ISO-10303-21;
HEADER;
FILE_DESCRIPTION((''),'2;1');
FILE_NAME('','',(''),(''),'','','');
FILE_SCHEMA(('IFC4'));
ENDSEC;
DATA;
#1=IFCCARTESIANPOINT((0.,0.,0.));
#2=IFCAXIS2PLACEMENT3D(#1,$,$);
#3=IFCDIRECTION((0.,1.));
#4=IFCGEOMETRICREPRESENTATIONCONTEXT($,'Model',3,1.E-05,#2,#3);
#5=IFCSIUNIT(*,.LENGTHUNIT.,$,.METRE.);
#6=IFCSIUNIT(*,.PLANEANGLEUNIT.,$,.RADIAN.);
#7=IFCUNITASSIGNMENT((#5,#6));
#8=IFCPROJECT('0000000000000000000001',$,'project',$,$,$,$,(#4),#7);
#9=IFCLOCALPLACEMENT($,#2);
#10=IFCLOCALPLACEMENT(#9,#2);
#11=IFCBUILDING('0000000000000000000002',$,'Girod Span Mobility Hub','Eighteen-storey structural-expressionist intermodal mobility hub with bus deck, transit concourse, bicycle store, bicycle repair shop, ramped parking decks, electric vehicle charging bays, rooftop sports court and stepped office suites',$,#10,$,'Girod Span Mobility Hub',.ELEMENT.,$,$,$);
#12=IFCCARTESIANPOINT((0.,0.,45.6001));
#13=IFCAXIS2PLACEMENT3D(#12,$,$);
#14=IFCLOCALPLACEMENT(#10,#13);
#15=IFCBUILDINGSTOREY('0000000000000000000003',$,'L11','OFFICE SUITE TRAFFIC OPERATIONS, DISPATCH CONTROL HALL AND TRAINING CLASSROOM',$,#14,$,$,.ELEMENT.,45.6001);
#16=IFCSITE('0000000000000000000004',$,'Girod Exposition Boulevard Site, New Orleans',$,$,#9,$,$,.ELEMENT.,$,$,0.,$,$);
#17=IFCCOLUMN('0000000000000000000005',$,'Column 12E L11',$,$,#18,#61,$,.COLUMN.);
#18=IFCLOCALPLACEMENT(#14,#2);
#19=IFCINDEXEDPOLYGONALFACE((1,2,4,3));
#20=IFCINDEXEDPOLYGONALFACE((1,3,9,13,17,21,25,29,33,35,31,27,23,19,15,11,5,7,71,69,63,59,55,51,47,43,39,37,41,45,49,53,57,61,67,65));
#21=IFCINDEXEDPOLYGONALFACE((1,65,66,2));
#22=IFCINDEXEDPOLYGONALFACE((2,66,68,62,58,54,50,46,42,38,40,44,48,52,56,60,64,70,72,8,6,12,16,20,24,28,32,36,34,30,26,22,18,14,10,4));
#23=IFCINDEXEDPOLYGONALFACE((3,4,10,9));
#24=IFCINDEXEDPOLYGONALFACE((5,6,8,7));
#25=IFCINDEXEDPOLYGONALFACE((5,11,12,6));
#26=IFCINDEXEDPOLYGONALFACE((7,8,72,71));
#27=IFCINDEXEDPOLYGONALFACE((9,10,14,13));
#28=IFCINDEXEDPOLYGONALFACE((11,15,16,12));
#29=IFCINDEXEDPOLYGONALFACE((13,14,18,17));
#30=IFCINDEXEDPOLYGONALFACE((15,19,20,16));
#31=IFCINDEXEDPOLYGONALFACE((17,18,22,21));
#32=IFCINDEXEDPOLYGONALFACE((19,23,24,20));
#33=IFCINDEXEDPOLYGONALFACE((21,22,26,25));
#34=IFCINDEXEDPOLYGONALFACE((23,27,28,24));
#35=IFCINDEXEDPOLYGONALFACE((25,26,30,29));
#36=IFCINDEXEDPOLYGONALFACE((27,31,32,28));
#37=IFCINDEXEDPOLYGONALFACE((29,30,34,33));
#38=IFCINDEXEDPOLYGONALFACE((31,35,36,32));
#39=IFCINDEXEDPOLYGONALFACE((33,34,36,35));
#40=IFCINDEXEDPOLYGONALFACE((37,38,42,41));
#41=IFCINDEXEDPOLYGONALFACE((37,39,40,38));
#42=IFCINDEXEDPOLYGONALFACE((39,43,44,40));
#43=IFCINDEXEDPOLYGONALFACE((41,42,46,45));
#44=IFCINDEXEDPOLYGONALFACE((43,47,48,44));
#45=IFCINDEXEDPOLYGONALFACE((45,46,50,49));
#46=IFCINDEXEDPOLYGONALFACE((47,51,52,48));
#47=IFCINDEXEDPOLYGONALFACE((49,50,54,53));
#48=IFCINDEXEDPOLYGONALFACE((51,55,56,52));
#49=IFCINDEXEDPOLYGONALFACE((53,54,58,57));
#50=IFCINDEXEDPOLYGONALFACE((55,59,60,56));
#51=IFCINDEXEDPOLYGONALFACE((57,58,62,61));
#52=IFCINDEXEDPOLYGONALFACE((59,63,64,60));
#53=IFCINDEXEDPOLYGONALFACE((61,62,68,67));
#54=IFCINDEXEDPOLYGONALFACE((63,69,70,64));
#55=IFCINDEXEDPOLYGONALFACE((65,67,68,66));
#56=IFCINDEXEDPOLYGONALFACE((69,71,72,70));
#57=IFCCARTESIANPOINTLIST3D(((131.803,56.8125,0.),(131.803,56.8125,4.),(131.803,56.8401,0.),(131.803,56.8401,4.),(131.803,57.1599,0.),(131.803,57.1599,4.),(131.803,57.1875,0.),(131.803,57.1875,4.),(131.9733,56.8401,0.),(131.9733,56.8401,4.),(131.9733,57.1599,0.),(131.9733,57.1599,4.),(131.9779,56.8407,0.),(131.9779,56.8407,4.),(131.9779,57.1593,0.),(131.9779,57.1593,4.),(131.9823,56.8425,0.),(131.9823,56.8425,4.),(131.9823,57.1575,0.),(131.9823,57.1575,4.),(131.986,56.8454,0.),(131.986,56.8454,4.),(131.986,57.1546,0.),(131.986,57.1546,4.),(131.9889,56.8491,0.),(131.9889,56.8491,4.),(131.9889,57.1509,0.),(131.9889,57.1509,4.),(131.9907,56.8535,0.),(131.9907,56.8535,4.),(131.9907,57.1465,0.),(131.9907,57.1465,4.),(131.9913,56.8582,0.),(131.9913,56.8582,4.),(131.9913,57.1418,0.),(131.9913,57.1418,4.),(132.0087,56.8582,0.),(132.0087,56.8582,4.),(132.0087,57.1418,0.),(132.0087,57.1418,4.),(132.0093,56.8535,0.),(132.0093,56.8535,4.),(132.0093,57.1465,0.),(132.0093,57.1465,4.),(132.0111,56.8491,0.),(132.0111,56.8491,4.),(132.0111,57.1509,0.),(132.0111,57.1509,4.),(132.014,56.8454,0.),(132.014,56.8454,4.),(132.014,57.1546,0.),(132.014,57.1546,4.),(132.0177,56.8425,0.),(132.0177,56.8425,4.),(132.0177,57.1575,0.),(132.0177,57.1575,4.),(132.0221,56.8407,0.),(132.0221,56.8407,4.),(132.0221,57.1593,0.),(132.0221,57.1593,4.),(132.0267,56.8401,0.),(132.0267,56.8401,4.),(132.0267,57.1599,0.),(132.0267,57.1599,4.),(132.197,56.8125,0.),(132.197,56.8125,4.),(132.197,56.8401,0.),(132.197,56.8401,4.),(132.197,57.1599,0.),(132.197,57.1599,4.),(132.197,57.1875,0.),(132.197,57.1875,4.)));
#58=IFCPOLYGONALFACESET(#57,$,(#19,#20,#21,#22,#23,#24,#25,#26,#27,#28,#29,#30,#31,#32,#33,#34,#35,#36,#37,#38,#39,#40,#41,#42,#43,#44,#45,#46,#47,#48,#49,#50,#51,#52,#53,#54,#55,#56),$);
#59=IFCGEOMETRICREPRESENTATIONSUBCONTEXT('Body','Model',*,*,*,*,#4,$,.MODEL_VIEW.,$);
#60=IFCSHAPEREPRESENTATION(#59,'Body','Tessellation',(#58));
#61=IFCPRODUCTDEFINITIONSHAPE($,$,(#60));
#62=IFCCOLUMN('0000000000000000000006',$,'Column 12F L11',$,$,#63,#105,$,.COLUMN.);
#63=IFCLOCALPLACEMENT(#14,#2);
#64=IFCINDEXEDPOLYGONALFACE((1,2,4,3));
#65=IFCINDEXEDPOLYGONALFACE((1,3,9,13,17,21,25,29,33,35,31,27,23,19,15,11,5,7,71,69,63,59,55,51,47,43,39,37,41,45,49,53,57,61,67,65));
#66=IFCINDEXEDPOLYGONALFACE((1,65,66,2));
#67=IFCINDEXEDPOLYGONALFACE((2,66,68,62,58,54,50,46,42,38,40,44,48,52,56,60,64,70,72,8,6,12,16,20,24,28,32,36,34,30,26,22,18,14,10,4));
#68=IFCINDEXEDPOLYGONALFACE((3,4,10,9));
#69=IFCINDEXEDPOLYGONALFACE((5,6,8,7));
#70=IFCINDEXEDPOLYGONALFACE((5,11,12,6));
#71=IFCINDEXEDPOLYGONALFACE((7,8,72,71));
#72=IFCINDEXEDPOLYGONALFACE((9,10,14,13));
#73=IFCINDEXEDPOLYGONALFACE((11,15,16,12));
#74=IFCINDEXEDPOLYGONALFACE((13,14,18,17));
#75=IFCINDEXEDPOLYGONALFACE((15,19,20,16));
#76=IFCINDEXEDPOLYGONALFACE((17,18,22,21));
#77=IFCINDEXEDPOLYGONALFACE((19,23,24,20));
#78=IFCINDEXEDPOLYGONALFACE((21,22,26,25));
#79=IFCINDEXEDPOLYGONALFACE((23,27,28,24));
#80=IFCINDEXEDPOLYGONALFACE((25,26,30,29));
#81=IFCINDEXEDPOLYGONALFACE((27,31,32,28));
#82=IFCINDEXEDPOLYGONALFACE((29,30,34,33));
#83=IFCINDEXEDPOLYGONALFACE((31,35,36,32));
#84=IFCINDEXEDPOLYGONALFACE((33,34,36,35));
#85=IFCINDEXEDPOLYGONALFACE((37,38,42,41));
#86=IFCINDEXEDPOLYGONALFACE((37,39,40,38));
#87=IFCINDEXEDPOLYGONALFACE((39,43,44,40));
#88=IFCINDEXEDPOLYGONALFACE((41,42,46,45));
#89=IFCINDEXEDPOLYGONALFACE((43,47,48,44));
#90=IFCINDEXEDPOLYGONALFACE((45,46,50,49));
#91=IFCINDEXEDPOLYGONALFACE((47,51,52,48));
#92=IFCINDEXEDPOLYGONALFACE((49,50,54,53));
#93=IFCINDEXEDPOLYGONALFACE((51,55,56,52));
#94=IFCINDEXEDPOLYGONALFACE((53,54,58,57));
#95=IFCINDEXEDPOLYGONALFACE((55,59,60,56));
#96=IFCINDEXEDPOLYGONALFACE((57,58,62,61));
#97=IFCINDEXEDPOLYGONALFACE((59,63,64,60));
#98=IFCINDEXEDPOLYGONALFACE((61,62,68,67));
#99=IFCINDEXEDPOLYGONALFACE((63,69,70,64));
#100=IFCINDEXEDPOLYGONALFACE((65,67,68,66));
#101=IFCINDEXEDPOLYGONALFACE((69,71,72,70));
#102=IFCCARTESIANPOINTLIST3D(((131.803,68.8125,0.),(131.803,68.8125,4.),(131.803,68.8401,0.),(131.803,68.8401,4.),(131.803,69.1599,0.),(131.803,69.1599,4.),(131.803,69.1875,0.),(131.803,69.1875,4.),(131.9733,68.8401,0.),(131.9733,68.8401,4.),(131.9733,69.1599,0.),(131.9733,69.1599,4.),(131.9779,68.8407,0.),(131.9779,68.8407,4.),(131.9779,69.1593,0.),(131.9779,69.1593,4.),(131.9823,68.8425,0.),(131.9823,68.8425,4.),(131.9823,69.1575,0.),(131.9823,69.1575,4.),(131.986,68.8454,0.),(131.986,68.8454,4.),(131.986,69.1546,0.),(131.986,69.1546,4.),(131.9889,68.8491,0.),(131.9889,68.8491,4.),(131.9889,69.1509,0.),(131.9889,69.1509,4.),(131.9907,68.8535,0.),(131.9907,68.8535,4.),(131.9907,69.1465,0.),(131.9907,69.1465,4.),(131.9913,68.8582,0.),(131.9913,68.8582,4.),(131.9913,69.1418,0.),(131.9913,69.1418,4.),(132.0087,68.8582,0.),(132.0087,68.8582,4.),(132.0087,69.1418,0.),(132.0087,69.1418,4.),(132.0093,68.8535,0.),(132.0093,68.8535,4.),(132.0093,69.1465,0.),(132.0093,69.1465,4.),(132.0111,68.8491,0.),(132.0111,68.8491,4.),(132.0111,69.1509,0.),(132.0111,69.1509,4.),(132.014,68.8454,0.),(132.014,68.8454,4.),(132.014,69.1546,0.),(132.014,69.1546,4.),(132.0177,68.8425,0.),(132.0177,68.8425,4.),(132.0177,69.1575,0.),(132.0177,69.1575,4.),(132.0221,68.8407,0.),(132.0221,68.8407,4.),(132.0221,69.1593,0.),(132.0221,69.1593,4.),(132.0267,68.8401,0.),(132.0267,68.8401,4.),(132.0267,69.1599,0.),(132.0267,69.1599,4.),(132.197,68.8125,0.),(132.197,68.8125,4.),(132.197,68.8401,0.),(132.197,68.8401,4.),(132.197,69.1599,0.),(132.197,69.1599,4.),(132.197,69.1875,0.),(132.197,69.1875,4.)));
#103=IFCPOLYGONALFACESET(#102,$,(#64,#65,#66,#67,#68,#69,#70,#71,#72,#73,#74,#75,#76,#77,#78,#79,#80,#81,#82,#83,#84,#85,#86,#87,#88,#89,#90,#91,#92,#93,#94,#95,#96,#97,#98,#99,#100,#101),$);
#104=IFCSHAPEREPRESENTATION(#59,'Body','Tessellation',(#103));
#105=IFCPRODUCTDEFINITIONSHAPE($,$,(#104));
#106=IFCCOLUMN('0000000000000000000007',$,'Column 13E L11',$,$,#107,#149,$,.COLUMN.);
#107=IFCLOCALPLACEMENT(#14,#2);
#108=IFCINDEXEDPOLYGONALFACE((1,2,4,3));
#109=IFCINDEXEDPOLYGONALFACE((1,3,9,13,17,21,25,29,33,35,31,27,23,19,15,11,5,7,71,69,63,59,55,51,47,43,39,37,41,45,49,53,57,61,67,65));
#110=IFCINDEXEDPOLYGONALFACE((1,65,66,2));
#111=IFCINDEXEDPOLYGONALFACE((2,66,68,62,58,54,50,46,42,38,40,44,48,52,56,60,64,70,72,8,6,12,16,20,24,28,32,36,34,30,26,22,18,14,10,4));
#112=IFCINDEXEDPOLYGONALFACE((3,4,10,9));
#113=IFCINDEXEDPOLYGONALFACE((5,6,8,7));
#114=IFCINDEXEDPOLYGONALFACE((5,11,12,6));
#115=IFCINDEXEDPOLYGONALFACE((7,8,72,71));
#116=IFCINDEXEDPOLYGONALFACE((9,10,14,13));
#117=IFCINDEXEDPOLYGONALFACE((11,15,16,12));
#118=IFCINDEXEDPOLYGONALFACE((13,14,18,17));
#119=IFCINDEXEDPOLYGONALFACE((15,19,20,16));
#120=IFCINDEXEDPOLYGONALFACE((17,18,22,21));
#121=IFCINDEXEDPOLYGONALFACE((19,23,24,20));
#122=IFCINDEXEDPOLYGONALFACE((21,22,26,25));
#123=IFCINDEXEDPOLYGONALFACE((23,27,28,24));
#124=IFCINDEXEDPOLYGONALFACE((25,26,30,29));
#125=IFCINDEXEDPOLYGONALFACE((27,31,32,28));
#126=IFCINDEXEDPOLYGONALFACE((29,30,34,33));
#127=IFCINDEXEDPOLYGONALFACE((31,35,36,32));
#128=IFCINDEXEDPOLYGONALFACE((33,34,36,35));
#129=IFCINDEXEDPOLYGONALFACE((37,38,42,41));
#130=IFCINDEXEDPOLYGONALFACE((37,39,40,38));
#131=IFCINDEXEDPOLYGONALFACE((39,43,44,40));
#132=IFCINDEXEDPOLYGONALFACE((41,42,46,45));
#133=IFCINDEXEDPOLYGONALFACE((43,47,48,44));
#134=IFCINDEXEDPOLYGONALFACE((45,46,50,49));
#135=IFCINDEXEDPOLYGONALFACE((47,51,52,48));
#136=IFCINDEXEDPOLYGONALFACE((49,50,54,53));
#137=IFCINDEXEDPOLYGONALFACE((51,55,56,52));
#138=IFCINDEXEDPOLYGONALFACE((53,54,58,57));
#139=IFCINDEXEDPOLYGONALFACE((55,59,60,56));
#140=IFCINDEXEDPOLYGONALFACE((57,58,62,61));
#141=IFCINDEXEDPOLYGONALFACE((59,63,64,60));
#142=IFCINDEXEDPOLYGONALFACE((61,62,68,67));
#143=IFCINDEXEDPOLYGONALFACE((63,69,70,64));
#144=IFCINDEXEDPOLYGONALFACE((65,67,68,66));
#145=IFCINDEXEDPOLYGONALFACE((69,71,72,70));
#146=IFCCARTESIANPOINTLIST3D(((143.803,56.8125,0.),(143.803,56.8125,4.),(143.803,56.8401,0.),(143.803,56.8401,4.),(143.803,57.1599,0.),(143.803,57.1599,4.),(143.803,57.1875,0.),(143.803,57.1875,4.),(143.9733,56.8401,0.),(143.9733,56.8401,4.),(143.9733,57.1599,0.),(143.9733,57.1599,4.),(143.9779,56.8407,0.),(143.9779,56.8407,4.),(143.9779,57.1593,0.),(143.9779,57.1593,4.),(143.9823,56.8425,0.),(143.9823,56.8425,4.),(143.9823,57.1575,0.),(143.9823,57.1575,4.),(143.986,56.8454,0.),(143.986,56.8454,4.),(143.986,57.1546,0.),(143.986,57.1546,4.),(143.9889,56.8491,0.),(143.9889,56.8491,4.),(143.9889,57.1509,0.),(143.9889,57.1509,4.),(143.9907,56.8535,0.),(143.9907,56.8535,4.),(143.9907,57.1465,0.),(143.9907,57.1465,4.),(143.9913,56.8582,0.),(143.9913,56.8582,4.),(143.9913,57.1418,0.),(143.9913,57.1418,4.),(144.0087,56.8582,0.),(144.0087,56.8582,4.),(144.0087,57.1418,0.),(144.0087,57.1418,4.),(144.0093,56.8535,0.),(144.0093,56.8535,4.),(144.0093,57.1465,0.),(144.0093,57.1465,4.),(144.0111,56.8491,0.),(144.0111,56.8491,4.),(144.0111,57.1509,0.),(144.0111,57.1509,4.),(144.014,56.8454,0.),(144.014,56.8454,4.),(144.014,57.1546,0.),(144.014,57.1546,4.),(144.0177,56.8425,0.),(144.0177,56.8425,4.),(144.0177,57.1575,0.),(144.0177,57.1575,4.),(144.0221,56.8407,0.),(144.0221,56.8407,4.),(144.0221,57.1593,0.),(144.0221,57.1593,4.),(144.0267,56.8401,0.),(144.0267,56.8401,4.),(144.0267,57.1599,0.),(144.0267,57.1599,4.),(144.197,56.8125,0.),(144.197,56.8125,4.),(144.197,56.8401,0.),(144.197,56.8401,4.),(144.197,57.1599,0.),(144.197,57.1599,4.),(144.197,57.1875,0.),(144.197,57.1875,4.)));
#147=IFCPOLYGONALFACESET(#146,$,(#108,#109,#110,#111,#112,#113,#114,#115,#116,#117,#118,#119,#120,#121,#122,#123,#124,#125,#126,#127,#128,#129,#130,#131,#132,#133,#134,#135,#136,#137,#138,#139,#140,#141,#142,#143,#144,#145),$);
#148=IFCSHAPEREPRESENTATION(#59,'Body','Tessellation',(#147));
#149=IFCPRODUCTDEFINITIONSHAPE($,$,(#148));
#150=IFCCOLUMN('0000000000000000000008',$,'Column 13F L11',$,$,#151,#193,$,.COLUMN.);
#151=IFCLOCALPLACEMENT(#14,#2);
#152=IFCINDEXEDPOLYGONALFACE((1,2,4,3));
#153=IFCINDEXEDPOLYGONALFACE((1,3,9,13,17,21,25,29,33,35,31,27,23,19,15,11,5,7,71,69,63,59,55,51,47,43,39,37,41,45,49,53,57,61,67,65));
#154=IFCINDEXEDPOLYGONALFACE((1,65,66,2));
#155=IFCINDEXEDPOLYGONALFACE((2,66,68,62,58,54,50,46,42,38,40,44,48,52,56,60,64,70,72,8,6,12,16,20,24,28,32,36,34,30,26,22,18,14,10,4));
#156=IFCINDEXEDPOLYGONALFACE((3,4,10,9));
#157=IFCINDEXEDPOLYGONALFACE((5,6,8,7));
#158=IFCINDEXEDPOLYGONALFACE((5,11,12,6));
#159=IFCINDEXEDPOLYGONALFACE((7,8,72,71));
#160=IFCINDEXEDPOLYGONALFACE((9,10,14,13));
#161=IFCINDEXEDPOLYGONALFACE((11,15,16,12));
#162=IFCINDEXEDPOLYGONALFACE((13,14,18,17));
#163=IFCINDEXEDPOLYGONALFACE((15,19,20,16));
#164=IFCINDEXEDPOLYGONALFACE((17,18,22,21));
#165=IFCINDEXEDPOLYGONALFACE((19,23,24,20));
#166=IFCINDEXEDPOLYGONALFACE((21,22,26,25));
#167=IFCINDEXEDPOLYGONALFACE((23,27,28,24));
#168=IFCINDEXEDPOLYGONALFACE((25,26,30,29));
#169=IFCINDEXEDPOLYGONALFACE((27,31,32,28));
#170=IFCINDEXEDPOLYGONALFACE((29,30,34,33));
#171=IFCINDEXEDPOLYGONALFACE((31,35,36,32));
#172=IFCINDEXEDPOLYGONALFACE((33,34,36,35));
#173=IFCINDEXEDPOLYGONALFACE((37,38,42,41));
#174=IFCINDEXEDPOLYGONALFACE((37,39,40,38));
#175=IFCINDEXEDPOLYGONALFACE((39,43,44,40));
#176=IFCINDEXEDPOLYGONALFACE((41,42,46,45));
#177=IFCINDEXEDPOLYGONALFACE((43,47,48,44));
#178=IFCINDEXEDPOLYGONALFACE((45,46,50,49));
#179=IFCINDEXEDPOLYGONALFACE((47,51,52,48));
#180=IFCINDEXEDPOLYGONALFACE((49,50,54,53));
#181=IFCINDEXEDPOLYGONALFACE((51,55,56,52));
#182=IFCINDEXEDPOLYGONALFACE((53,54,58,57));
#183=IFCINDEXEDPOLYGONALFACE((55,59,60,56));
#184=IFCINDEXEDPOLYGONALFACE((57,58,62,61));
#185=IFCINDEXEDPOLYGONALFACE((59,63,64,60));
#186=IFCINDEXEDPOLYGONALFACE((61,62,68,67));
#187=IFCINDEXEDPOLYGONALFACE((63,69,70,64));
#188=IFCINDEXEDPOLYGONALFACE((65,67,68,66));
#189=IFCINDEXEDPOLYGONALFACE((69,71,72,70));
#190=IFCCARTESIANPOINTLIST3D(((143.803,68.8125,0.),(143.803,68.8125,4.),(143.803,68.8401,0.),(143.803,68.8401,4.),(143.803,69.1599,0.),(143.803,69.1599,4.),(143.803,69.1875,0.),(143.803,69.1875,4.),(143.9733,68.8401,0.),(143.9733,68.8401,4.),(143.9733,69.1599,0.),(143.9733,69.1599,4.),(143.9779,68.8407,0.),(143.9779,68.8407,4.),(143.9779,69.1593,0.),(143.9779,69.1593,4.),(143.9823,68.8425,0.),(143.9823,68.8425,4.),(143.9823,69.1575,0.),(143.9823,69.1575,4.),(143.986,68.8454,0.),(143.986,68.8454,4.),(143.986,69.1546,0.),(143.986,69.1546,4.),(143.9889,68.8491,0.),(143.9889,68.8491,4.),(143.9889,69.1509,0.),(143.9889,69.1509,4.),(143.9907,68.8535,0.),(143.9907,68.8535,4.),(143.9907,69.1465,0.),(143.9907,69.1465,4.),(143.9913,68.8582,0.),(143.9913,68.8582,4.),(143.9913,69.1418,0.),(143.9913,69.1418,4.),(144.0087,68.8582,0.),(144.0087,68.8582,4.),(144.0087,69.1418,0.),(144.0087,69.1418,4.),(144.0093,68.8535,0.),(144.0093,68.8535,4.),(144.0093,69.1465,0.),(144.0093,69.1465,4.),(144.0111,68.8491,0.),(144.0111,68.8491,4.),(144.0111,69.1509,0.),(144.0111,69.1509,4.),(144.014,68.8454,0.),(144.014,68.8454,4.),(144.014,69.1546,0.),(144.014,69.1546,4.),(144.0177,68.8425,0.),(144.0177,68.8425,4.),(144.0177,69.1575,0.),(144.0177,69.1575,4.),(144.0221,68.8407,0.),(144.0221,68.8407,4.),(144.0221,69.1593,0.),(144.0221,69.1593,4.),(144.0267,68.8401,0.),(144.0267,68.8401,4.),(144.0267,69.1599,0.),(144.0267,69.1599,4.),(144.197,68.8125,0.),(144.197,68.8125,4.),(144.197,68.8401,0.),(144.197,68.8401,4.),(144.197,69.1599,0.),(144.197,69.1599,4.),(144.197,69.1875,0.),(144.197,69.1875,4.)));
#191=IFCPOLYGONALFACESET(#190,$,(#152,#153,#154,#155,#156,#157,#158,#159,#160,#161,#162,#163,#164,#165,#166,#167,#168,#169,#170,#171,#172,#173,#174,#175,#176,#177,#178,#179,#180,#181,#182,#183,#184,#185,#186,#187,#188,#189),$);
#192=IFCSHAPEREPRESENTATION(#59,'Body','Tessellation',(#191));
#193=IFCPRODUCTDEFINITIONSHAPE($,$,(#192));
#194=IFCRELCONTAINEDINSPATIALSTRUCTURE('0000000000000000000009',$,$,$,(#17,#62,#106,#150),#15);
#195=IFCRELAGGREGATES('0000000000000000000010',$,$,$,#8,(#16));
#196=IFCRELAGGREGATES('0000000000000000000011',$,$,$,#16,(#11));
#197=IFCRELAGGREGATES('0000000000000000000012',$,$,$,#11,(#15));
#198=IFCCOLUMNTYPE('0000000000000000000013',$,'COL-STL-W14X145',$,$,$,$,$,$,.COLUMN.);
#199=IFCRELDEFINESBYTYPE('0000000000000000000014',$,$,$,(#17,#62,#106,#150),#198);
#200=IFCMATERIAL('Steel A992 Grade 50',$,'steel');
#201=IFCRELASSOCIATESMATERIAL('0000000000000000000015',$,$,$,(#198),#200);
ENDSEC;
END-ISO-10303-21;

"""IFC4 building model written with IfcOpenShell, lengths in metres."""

from ifc_helpers import new_model, si_unit, direction, frame, origin, origin_2d, place, context, subcontext, project, spatial, i_section, extrude, material, material_profile, profile_set, type_object, element, save


model = new_model("IFC4")

# Units and contexts
model_context = context("Model", 3, precision=1e-05, world=origin(), true_north=direction((0.0, 1.0)))
body_context = subcontext(model_context, "Body", "Model", "MODEL_VIEW")
ifc_project = project(units=[si_unit("LENGTHUNIT", "METRE"), si_unit("PLANEANGLEUNIT", "RADIAN")], contexts=[model_context])

# Site, building, storey
site_placement = place(None, origin())
site = spatial("IfcSite", under=ifc_project, at=site_placement, Name="Girod Exposition Boulevard Site, New Orleans", CompositionType="ELEMENT", RefElevation=0.0)
building_placement = place(site_placement, origin())
building = spatial("IfcBuilding", under=site, at=building_placement, Name="Girod Span Mobility Hub", Description="Eighteen-storey structural-expressionist intermodal mobility hub with bus deck, transit concourse, bicycle store, bicycle repair shop, ramped parking decks, electric vehicle charging bays, rooftop sports court and stepped office suites", LongName="Girod Span Mobility Hub", CompositionType="ELEMENT")
storey_placement = place(building_placement, frame((0.0, 0.0, 45.6001)))
storey = spatial("IfcBuildingStorey", under=building, at=storey_placement, Name="L11", Description="OFFICE SUITE TRAFFIC OPERATIONS, DISPATCH CONTROL HALL AND TRAINING CLASSROOM", CompositionType="ELEMENT", Elevation=45.6001)

# Columns
ifc_material_1 = material(Name="Steel A992 Grade 50", Category="steel")
ifc_material_profile_1 = material_profile(ifc_material_1, i_section(OverallWidth=0.394, OverallDepth=0.375, WebThickness=0.0173, FlangeThickness=0.0276, FilletRadius=0.0181, at=origin_2d()), Name="W14X145")
ifc_profile_set_1 = profile_set([ifc_material_profile_1], Name="Steel A992 Grade 50")
column_type = type_object("IfcColumnType", Name="COL-STL-W14X145", PredefinedType="COLUMN", material=ifc_profile_set_1)
for number, where, z_axis, x_axis, name in (
    (1, (132.0, 57.0, 0.0), (0.0, 0.0, 1.0), (1.0, 0.0, 0.0), "Column 12E L11"),
    (2, (132.0, 69.0, 0.0), (0.0, 0.0, 1.0), (1.0, 0.0, 0.0), "Column 12F L11"),
    (3, (144.0, 57.0, 0.0), (0.0, 0.0, 1.0), (1.0, 0.0, 0.0), "Column 13E L11"),
    (4, (144.0, 69.0, 0.0), (0.0, 0.0, 1.0), (1.0, 0.0, 0.0), "Column 13F L11"),
):
    element("IfcColumn", number, at=place(storey_placement, frame(where, z_axis=z_axis, x_axis=x_axis)), inside=storey, type_object=column_type, Name=name, PredefinedType="COLUMN", context=body_context, shape_type="SweptSolid", body=[
        extrude(i_section(OverallWidth=0.394, OverallDepth=0.375, WebThickness=0.0173, FlangeThickness=0.0276, FilletRadius=0.0181, at=origin_2d()), origin(), (0.0, 0.0, 1.0), 4.0),
    ])

save(model, "model.ifc")
